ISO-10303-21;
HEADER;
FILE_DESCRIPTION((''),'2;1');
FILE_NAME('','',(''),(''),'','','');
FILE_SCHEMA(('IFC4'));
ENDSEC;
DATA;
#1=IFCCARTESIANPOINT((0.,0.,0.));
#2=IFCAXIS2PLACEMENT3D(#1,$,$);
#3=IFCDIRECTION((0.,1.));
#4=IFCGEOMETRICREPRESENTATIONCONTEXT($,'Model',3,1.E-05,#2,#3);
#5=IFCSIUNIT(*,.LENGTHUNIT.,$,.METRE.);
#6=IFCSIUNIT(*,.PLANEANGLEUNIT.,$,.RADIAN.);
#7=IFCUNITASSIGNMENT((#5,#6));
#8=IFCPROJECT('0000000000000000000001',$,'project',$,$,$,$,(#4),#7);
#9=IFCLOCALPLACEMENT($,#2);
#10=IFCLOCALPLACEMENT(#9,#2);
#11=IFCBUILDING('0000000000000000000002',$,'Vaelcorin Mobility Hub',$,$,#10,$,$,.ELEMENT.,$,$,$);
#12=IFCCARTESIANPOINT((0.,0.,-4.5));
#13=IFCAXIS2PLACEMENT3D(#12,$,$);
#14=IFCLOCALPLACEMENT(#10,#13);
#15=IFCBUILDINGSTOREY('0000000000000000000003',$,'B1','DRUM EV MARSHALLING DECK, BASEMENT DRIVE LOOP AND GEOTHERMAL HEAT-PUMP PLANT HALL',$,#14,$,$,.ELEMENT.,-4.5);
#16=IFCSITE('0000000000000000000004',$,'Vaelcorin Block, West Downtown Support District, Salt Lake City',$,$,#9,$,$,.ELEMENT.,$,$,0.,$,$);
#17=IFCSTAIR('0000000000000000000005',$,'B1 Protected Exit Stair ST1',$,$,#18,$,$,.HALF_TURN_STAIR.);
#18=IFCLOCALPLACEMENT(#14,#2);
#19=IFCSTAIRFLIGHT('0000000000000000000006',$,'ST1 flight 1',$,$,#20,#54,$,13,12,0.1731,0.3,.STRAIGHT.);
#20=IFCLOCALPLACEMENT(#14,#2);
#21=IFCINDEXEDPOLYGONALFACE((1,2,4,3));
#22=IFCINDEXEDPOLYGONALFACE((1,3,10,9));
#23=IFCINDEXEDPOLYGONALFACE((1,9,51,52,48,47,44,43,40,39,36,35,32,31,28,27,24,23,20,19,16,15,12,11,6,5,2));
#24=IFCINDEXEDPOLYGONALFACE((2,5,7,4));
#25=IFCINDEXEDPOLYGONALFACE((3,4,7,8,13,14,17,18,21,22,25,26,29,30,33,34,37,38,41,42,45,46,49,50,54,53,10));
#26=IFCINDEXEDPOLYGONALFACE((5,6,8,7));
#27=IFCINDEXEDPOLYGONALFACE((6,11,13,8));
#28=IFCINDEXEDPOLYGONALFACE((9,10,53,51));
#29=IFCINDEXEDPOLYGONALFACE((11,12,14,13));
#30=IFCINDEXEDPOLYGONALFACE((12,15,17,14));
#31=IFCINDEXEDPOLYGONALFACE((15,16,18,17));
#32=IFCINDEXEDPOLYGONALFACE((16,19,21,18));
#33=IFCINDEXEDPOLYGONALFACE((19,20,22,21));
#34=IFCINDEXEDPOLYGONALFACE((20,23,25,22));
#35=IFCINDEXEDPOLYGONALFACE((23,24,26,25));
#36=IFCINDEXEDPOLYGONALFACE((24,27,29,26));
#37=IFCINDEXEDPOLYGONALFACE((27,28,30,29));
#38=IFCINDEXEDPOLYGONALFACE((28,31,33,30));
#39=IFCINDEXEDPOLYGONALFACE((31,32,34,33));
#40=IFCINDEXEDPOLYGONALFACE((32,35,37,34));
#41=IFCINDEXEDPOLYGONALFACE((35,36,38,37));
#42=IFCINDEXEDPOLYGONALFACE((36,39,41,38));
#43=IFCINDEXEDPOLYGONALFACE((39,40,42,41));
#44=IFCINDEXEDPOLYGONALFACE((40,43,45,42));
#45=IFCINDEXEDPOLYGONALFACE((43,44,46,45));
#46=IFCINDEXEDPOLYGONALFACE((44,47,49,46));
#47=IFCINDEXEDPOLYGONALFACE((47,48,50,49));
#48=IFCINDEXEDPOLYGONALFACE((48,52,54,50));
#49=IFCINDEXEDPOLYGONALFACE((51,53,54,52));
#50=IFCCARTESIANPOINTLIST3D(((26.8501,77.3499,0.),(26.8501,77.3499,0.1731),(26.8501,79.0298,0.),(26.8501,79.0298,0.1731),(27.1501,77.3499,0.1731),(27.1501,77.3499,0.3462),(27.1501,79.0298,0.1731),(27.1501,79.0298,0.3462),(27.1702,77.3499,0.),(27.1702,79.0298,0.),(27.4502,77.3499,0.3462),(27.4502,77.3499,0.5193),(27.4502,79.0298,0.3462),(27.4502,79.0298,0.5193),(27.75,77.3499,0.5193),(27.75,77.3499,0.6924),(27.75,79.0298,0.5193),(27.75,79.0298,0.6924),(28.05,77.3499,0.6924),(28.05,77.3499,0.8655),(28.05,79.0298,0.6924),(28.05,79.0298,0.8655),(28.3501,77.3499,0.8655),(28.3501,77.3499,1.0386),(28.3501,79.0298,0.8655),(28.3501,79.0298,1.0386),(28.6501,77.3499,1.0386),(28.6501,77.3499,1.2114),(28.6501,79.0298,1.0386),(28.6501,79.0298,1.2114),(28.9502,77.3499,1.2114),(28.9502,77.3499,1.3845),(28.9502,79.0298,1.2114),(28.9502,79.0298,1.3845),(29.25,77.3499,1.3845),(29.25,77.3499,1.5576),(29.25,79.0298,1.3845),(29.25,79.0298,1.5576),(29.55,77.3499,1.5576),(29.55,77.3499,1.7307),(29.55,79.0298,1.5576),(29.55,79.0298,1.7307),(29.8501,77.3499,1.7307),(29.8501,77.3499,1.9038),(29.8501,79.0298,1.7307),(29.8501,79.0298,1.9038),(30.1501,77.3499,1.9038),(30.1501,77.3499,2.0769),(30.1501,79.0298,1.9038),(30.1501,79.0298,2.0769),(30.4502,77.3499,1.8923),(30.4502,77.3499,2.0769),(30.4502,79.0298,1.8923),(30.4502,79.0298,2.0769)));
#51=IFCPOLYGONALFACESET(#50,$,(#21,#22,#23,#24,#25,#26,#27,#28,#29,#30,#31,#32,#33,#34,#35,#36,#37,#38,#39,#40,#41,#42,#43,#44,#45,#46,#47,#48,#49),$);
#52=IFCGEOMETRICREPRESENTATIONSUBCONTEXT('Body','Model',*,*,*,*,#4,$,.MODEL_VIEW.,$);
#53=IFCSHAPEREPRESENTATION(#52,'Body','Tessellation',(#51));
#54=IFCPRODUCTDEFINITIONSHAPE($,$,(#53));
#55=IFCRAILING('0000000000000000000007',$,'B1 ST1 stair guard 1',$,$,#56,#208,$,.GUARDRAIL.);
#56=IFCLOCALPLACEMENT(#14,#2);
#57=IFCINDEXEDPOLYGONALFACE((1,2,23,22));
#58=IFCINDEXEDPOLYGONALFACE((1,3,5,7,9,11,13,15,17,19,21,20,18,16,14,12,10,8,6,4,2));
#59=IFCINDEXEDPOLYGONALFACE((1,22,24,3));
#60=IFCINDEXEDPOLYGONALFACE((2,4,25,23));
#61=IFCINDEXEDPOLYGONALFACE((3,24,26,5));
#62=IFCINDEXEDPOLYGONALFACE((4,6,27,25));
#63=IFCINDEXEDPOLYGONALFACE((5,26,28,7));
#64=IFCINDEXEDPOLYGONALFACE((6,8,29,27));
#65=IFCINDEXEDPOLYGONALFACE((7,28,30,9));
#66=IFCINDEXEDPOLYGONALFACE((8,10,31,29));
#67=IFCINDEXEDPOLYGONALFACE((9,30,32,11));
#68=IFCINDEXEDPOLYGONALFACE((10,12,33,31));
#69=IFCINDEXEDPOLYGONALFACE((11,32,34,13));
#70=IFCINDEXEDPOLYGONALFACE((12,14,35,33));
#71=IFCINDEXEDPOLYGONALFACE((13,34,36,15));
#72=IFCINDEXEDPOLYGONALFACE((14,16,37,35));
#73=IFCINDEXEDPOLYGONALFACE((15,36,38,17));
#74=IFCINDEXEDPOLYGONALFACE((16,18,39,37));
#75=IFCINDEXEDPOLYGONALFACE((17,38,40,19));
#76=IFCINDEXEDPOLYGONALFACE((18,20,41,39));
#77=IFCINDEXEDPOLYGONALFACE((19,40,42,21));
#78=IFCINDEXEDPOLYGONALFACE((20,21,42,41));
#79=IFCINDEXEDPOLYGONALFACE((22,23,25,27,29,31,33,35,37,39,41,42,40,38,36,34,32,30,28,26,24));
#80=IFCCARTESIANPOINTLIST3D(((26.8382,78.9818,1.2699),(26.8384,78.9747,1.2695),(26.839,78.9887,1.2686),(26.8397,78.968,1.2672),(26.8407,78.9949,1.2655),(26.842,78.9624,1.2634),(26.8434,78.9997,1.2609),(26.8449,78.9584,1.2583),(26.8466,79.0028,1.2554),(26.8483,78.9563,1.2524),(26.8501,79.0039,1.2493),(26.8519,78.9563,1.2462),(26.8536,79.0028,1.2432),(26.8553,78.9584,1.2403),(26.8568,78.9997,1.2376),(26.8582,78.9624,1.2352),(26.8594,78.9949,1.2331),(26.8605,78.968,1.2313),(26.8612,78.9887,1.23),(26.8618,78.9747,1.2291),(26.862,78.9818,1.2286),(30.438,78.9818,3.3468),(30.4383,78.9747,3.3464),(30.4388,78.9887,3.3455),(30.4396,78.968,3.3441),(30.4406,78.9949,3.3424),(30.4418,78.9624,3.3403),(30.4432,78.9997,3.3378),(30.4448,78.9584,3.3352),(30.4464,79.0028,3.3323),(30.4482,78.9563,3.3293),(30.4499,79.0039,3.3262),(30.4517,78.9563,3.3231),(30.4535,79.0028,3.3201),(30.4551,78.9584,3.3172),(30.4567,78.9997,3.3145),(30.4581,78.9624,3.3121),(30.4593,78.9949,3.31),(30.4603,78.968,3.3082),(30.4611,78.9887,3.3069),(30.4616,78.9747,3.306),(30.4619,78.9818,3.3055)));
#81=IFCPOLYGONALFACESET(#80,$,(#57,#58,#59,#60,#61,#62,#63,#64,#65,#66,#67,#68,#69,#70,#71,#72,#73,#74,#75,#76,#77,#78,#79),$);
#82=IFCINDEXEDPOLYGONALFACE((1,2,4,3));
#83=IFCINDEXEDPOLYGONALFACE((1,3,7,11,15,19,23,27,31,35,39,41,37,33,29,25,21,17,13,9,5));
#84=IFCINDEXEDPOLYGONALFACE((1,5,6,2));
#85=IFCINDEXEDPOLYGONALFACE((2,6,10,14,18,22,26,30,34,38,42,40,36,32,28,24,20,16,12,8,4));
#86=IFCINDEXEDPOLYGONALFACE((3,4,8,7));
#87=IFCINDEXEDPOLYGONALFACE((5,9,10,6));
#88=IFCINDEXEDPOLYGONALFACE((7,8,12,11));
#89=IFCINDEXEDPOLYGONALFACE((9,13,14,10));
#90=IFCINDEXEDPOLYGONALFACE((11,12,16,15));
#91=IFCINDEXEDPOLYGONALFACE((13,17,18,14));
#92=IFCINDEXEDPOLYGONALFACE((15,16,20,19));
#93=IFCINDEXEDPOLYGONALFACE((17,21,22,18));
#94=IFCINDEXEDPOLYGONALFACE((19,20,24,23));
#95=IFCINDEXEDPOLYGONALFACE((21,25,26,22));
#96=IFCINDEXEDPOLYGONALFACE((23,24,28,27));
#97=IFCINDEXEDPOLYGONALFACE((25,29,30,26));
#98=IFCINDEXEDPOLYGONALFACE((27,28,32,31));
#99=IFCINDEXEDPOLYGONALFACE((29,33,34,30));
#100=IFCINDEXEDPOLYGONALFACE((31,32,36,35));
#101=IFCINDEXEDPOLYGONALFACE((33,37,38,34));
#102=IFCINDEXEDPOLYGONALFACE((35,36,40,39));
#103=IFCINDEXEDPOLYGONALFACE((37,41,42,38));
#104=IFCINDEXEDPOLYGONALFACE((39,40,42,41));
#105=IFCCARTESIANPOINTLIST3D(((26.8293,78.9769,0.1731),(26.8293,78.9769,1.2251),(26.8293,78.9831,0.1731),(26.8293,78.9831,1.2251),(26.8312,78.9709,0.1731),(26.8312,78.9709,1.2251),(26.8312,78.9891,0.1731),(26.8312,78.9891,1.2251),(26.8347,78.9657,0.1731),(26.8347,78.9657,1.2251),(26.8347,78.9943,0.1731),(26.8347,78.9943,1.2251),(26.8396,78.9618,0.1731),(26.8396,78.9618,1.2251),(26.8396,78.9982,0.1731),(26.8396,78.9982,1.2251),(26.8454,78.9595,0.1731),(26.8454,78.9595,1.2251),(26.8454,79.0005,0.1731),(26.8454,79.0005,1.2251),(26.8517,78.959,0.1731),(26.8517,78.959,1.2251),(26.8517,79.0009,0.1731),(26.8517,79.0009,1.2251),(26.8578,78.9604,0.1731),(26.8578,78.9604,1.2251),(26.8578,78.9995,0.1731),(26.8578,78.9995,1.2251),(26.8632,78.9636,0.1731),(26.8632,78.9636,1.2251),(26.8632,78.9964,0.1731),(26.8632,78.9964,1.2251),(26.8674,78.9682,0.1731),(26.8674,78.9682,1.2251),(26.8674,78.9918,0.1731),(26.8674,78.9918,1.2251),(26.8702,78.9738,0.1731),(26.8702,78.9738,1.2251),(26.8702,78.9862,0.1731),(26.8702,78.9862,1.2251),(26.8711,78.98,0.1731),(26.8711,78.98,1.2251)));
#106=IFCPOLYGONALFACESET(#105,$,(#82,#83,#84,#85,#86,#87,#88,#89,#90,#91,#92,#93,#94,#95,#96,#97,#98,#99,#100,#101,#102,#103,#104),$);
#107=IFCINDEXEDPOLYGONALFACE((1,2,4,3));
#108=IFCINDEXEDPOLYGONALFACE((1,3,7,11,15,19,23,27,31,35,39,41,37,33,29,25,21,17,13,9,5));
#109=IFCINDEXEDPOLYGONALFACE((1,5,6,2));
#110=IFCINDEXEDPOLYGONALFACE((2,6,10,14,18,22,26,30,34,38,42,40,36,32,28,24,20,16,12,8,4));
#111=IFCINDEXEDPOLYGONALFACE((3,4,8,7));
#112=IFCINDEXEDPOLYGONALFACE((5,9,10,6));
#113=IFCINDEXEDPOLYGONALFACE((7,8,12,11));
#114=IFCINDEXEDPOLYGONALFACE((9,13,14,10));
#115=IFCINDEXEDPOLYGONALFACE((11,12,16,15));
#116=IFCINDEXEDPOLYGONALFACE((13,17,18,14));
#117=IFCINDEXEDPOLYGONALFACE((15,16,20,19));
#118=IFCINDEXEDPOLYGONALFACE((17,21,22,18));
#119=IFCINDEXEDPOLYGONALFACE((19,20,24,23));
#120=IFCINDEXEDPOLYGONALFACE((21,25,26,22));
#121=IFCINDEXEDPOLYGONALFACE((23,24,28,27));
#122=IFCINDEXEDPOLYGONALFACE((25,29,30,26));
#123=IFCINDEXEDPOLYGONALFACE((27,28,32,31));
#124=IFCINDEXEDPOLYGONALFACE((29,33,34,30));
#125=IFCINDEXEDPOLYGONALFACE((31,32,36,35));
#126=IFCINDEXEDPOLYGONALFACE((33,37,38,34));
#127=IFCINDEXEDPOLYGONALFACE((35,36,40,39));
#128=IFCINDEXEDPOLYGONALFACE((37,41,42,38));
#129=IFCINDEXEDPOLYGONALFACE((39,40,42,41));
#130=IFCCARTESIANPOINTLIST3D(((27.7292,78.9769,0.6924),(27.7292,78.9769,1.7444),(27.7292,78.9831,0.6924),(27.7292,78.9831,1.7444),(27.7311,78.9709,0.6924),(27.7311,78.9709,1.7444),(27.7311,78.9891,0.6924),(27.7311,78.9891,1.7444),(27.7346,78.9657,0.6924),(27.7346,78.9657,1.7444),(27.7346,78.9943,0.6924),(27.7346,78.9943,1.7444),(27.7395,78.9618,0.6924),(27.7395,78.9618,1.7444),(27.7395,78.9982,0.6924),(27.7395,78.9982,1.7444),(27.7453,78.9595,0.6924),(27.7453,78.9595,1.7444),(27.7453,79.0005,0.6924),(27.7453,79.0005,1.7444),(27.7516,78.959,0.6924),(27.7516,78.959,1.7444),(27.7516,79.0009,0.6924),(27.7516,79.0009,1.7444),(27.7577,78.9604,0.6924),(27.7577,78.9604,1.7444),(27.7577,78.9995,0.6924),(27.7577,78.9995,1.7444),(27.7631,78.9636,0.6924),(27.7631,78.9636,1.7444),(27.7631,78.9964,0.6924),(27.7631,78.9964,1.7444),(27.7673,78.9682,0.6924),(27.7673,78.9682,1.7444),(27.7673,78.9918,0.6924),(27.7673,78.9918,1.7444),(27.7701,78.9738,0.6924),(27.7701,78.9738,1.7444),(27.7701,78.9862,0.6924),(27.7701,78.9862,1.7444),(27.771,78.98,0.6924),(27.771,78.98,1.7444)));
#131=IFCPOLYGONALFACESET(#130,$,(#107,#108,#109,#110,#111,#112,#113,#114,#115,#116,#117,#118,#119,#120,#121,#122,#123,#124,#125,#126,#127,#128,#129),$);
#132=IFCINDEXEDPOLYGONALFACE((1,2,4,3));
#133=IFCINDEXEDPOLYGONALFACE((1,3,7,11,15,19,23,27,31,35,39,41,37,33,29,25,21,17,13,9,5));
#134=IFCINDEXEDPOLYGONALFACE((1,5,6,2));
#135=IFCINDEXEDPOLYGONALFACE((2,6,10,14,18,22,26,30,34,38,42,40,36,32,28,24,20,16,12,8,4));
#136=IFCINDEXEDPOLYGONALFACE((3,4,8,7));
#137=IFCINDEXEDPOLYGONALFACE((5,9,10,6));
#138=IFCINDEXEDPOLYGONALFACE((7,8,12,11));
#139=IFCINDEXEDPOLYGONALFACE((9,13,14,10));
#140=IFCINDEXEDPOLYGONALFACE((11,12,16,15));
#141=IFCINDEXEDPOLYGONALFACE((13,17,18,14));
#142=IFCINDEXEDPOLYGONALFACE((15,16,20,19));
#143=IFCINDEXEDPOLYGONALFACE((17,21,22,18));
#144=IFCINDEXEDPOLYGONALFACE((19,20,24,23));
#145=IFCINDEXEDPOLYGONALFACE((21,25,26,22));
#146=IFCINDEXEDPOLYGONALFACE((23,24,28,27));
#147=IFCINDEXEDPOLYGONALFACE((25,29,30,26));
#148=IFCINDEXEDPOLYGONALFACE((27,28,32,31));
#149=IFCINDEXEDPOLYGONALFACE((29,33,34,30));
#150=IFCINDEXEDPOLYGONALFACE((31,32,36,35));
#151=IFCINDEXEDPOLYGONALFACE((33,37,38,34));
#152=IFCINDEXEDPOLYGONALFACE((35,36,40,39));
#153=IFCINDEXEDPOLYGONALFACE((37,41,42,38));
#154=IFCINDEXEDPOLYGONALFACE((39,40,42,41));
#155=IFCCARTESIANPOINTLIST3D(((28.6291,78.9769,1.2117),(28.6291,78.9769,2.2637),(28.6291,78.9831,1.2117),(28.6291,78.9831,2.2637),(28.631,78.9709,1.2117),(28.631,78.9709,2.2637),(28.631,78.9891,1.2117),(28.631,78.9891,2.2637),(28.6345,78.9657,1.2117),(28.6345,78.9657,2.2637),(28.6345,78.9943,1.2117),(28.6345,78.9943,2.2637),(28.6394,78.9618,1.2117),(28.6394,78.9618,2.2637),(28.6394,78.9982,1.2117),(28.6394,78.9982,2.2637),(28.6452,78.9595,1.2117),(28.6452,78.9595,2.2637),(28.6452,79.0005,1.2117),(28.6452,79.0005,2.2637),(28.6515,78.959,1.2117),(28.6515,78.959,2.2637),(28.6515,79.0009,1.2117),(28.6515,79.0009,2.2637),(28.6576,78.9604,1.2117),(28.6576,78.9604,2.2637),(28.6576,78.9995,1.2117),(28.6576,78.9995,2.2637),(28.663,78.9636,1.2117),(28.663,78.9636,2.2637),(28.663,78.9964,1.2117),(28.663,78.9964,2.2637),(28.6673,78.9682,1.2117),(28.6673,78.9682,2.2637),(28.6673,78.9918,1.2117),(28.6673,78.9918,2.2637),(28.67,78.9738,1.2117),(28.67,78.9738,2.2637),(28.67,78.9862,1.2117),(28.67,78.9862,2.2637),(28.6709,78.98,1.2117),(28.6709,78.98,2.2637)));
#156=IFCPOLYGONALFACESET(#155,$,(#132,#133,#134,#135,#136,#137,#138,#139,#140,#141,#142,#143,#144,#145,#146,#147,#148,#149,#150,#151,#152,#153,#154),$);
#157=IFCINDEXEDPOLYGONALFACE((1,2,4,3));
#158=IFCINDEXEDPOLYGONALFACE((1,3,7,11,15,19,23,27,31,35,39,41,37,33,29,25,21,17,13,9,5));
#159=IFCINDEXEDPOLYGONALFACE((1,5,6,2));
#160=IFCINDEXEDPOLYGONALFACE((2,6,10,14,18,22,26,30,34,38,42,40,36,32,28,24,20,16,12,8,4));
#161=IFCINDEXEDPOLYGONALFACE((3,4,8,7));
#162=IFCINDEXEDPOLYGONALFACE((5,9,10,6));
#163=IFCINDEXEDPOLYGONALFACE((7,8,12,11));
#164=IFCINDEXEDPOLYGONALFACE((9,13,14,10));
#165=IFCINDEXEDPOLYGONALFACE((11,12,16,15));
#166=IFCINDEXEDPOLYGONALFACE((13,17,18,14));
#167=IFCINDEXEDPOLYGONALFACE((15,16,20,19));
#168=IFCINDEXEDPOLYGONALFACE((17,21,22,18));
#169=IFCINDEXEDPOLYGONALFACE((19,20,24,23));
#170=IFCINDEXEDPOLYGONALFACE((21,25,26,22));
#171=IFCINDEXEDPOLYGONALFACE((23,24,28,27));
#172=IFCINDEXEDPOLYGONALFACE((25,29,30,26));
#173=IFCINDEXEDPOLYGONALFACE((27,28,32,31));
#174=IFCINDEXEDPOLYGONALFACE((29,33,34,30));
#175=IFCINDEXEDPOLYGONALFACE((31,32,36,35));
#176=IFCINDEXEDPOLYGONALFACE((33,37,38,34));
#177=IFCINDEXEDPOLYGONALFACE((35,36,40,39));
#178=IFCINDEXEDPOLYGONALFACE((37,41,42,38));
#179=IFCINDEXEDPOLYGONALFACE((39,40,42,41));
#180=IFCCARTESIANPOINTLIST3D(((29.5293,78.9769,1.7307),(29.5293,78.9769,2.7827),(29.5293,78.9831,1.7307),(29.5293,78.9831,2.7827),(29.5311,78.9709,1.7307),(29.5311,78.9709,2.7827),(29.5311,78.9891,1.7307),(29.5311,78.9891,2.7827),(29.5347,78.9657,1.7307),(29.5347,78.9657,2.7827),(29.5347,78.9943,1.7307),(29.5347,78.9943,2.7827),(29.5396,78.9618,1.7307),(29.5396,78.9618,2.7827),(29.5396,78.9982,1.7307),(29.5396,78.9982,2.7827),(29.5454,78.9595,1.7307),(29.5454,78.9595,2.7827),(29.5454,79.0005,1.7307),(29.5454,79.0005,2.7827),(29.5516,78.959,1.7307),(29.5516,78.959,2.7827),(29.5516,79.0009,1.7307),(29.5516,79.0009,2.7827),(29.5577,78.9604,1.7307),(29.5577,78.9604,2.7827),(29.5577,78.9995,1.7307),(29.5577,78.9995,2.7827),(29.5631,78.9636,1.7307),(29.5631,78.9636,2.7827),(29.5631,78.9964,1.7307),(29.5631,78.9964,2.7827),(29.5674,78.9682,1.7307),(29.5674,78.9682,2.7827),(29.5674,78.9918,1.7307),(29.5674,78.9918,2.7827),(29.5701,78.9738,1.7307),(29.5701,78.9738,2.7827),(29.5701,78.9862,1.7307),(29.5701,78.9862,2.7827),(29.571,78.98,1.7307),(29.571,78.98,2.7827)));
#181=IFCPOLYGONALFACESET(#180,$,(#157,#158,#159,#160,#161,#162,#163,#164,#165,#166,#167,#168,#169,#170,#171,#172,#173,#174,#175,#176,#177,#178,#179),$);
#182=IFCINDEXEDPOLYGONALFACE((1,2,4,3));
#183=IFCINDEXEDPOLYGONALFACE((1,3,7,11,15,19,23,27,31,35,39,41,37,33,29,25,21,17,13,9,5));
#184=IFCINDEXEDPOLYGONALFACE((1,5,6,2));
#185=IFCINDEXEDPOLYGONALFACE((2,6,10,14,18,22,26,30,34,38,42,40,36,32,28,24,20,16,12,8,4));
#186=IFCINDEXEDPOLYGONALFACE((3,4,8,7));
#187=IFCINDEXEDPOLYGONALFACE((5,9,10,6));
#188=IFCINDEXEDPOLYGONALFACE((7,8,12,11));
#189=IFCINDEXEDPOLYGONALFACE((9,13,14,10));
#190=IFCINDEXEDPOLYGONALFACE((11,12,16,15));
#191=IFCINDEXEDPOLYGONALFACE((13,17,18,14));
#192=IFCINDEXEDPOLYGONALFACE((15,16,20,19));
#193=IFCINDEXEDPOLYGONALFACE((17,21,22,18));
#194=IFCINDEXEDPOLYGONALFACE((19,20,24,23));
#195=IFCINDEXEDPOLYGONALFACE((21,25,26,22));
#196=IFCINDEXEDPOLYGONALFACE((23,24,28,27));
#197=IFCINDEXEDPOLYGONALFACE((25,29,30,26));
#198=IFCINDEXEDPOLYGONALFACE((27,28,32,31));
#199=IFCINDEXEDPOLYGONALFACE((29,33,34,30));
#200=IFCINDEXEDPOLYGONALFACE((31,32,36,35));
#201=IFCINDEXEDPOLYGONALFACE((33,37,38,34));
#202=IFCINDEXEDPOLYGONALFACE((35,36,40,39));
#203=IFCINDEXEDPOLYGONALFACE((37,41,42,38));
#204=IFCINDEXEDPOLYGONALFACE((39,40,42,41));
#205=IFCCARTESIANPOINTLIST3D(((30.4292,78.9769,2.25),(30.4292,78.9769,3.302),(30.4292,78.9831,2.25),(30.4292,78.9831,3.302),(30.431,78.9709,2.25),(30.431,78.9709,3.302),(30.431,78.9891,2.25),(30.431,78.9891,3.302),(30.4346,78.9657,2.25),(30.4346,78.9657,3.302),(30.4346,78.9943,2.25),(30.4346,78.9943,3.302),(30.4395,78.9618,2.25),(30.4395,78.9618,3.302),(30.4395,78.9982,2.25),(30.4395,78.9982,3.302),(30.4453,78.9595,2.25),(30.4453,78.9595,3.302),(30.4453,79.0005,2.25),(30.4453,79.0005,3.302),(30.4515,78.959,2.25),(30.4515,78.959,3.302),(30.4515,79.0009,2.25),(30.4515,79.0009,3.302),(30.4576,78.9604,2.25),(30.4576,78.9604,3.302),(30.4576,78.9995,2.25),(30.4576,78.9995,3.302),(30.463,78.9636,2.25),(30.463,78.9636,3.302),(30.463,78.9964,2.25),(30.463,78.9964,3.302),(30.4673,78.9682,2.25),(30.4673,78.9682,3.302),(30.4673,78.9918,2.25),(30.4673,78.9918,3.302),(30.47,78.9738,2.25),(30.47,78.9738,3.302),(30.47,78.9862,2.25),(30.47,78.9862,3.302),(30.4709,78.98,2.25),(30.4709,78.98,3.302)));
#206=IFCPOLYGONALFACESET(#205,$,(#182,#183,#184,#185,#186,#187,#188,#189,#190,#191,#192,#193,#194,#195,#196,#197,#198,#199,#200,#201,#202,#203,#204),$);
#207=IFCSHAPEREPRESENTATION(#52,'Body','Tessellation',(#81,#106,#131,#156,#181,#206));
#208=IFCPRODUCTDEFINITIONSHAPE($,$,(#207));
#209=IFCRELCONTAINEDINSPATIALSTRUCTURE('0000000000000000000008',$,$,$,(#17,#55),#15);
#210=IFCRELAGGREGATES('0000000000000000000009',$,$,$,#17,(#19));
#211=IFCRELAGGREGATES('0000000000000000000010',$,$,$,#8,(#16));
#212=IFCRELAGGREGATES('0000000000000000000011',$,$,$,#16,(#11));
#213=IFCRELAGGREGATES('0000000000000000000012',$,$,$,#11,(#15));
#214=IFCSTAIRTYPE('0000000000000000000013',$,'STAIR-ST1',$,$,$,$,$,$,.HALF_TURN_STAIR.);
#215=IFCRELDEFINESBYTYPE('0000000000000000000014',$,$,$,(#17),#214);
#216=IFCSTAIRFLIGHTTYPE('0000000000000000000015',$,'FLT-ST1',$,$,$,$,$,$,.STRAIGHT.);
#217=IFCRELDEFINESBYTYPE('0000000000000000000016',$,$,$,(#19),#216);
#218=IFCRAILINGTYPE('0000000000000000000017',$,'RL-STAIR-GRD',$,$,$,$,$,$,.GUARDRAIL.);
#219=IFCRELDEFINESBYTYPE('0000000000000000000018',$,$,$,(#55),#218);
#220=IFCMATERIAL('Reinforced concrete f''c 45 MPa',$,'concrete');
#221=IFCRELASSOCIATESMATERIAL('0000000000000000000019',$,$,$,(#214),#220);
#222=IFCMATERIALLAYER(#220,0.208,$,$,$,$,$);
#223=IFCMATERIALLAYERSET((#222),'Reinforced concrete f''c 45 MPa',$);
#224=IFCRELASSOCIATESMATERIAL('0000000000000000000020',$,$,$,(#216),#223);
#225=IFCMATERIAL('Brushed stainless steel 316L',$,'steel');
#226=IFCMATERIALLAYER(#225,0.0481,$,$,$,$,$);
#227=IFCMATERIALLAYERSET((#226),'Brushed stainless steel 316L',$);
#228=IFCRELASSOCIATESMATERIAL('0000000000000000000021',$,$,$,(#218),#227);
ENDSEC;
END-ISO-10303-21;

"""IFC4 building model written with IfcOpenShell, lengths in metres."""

from ifc_helpers import new_model, si_unit, direction, frame, origin, origin_2d, place, context, subcontext, project, spatial, polyline, circle, outline, extrude, material, layer, layer_set, type_object, element, aggregate, save


model = new_model("IFC4")

# Units and contexts
model_context = context("Model", 3, precision=1e-05, world=origin(), true_north=direction((0.0, 1.0)))
body_context = subcontext(model_context, "Body", "Model", "MODEL_VIEW")
ifc_project = project(units=[si_unit("LENGTHUNIT", "METRE"), si_unit("PLANEANGLEUNIT", "RADIAN")], contexts=[model_context])

# Site, building, storey
site_placement = place(None, origin())
site = spatial("IfcSite", under=ifc_project, at=site_placement, Name="Vaelcorin Block, West Downtown Support District, Salt Lake City", CompositionType="ELEMENT", RefElevation=0.0)
building_placement = place(site_placement, origin())
building = spatial("IfcBuilding", under=site, at=building_placement, Name="Vaelcorin Mobility Hub", CompositionType="ELEMENT")
storey_placement = place(building_placement, frame((0.0, 0.0, -4.5)))
storey = spatial("IfcBuildingStorey", under=building, at=storey_placement, Name="B1", Description="DRUM EV MARSHALLING DECK, BASEMENT DRIVE LOOP AND GEOTHERMAL HEAT-PUMP PLANT HALL", CompositionType="ELEMENT", Elevation=-4.5)

# Shared definitions
ifc_material_1 = material(Name="Reinforced concrete f'c 45 MPa", Category="concrete")

# Stair, stair flight
stair_type = type_object("IfcStairType", Name="STAIR-ST1", PredefinedType="HALF_TURN_STAIR", material=ifc_material_1)
stair_placement = place(storey_placement, origin())
stair = element("IfcStair", 1, at=stair_placement, inside=storey, type_object=stair_type, Name="B1 Protected Exit Stair ST1", PredefinedType="HALF_TURN_STAIR")
ifc_layer_1 = layer(ifc_material_1, 0.208)
ifc_layer_set_1 = layer_set([ifc_layer_1], Name="Reinforced concrete f'c 45 MPa")
stair_flight_type = type_object("IfcStairFlightType", Name="FLT-ST1", PredefinedType="STRAIGHT", material=ifc_layer_set_1)
stair_flight_placement = place(storey_placement, frame((26.8501, 78.1899, 0.0), z_axis=(0.0, 0.0, 1.0), x_axis=(1.0, 0.0, 0.0)))
stair_flight = element("IfcStairFlight", 2, at=stair_flight_placement, type_object=stair_flight_type, Name="ST1 flight 1", NumberOfRisers=13, NumberOfTreads=12, PredefinedType="STRAIGHT", RiserHeight=0.1731, TreadLength=0.3, context=body_context, shape_type="SweptSolid", body=[
    extrude(outline(polyline([(0.0, 0.0), (0.0, 0.1731), (0.3, 0.1731), (0.3, 0.3462), (0.6001, 0.3462), (0.6001, 0.5193), (0.8999, 0.5193), (0.8999, 0.6924), (1.2, 0.6924), (1.2, 0.8655), (1.5, 0.8655), (1.5, 1.0386), (1.8, 1.0386), (1.8, 1.2114), (2.1001, 1.2114), (2.1001, 1.3845), (2.3999, 1.3845), (2.3999, 1.5576), (2.7, 1.5576), (2.7, 1.7307), (3.0, 1.7307), (3.0, 1.9038), (3.3, 1.9038), (3.3, 2.0769), (3.6001, 2.0769), (3.6001, 2.25), (3.6001, 1.8923), (0.3201, 0.0), (0.0, 0.0)])), frame((0.0, 0.8398, 0.0), z_axis=(0.0, -1.0, 0.0), x_axis=(1.0, 0.0, 0.0)), (0.0, 0.0, 1.0), 1.6799),
])
aggregate(stair, [stair_flight])

# Railing
ifc_material_2 = material(Name="Brushed stainless steel 316L", Category="steel")
ifc_layer_2 = layer(ifc_material_2, 0.0481)
ifc_layer_set_2 = layer_set([ifc_layer_2], Name="Brushed stainless steel 316L")
railing_type_1 = type_object("IfcRailingType", Name="RL-STAIR-GRD", PredefinedType="GUARDRAIL", material=ifc_layer_set_2)
railing_1_placement = place(storey_placement, frame((26.8501, 78.98, 0.1731)))
element("IfcRailing", 3, at=railing_1_placement, inside=storey, type_object=railing_type_1, Name="B1 ST1 stair guard 1", PredefinedType="GUARDRAIL", context=body_context, shape_type="SweptSolid", body=[
    extrude(circle(Radius=0.0239, at=origin_2d()), frame((0.0, 0.0, 1.0762), z_axis=(0.866179, 0.0, 0.499734), x_axis=(0.0, 1.0, 0.0)), (0.0, 0.0, 1.0), 4.156),
    extrude(circle(Radius=0.021, at=origin_2d()), origin(), (0.0, 0.0, 1.0), 1.052),
    extrude(circle(Radius=0.021, at=origin_2d()), frame((0.8999, 0.0, 0.5193)), (0.0, 0.0, 1.0), 1.052),
    extrude(circle(Radius=0.021, at=origin_2d()), frame((1.7998, 0.0, 1.0386)), (0.0, 0.0, 1.0), 1.052),
    extrude(circle(Radius=0.021, at=origin_2d()), frame((2.7, 0.0, 1.5576)), (0.0, 0.0, 1.0), 1.052),
    extrude(circle(Radius=0.021, at=origin_2d()), frame((3.5999, 0.0, 2.0769)), (0.0, 0.0, 1.0), 1.052),
])

save(model, "model.ifc")
